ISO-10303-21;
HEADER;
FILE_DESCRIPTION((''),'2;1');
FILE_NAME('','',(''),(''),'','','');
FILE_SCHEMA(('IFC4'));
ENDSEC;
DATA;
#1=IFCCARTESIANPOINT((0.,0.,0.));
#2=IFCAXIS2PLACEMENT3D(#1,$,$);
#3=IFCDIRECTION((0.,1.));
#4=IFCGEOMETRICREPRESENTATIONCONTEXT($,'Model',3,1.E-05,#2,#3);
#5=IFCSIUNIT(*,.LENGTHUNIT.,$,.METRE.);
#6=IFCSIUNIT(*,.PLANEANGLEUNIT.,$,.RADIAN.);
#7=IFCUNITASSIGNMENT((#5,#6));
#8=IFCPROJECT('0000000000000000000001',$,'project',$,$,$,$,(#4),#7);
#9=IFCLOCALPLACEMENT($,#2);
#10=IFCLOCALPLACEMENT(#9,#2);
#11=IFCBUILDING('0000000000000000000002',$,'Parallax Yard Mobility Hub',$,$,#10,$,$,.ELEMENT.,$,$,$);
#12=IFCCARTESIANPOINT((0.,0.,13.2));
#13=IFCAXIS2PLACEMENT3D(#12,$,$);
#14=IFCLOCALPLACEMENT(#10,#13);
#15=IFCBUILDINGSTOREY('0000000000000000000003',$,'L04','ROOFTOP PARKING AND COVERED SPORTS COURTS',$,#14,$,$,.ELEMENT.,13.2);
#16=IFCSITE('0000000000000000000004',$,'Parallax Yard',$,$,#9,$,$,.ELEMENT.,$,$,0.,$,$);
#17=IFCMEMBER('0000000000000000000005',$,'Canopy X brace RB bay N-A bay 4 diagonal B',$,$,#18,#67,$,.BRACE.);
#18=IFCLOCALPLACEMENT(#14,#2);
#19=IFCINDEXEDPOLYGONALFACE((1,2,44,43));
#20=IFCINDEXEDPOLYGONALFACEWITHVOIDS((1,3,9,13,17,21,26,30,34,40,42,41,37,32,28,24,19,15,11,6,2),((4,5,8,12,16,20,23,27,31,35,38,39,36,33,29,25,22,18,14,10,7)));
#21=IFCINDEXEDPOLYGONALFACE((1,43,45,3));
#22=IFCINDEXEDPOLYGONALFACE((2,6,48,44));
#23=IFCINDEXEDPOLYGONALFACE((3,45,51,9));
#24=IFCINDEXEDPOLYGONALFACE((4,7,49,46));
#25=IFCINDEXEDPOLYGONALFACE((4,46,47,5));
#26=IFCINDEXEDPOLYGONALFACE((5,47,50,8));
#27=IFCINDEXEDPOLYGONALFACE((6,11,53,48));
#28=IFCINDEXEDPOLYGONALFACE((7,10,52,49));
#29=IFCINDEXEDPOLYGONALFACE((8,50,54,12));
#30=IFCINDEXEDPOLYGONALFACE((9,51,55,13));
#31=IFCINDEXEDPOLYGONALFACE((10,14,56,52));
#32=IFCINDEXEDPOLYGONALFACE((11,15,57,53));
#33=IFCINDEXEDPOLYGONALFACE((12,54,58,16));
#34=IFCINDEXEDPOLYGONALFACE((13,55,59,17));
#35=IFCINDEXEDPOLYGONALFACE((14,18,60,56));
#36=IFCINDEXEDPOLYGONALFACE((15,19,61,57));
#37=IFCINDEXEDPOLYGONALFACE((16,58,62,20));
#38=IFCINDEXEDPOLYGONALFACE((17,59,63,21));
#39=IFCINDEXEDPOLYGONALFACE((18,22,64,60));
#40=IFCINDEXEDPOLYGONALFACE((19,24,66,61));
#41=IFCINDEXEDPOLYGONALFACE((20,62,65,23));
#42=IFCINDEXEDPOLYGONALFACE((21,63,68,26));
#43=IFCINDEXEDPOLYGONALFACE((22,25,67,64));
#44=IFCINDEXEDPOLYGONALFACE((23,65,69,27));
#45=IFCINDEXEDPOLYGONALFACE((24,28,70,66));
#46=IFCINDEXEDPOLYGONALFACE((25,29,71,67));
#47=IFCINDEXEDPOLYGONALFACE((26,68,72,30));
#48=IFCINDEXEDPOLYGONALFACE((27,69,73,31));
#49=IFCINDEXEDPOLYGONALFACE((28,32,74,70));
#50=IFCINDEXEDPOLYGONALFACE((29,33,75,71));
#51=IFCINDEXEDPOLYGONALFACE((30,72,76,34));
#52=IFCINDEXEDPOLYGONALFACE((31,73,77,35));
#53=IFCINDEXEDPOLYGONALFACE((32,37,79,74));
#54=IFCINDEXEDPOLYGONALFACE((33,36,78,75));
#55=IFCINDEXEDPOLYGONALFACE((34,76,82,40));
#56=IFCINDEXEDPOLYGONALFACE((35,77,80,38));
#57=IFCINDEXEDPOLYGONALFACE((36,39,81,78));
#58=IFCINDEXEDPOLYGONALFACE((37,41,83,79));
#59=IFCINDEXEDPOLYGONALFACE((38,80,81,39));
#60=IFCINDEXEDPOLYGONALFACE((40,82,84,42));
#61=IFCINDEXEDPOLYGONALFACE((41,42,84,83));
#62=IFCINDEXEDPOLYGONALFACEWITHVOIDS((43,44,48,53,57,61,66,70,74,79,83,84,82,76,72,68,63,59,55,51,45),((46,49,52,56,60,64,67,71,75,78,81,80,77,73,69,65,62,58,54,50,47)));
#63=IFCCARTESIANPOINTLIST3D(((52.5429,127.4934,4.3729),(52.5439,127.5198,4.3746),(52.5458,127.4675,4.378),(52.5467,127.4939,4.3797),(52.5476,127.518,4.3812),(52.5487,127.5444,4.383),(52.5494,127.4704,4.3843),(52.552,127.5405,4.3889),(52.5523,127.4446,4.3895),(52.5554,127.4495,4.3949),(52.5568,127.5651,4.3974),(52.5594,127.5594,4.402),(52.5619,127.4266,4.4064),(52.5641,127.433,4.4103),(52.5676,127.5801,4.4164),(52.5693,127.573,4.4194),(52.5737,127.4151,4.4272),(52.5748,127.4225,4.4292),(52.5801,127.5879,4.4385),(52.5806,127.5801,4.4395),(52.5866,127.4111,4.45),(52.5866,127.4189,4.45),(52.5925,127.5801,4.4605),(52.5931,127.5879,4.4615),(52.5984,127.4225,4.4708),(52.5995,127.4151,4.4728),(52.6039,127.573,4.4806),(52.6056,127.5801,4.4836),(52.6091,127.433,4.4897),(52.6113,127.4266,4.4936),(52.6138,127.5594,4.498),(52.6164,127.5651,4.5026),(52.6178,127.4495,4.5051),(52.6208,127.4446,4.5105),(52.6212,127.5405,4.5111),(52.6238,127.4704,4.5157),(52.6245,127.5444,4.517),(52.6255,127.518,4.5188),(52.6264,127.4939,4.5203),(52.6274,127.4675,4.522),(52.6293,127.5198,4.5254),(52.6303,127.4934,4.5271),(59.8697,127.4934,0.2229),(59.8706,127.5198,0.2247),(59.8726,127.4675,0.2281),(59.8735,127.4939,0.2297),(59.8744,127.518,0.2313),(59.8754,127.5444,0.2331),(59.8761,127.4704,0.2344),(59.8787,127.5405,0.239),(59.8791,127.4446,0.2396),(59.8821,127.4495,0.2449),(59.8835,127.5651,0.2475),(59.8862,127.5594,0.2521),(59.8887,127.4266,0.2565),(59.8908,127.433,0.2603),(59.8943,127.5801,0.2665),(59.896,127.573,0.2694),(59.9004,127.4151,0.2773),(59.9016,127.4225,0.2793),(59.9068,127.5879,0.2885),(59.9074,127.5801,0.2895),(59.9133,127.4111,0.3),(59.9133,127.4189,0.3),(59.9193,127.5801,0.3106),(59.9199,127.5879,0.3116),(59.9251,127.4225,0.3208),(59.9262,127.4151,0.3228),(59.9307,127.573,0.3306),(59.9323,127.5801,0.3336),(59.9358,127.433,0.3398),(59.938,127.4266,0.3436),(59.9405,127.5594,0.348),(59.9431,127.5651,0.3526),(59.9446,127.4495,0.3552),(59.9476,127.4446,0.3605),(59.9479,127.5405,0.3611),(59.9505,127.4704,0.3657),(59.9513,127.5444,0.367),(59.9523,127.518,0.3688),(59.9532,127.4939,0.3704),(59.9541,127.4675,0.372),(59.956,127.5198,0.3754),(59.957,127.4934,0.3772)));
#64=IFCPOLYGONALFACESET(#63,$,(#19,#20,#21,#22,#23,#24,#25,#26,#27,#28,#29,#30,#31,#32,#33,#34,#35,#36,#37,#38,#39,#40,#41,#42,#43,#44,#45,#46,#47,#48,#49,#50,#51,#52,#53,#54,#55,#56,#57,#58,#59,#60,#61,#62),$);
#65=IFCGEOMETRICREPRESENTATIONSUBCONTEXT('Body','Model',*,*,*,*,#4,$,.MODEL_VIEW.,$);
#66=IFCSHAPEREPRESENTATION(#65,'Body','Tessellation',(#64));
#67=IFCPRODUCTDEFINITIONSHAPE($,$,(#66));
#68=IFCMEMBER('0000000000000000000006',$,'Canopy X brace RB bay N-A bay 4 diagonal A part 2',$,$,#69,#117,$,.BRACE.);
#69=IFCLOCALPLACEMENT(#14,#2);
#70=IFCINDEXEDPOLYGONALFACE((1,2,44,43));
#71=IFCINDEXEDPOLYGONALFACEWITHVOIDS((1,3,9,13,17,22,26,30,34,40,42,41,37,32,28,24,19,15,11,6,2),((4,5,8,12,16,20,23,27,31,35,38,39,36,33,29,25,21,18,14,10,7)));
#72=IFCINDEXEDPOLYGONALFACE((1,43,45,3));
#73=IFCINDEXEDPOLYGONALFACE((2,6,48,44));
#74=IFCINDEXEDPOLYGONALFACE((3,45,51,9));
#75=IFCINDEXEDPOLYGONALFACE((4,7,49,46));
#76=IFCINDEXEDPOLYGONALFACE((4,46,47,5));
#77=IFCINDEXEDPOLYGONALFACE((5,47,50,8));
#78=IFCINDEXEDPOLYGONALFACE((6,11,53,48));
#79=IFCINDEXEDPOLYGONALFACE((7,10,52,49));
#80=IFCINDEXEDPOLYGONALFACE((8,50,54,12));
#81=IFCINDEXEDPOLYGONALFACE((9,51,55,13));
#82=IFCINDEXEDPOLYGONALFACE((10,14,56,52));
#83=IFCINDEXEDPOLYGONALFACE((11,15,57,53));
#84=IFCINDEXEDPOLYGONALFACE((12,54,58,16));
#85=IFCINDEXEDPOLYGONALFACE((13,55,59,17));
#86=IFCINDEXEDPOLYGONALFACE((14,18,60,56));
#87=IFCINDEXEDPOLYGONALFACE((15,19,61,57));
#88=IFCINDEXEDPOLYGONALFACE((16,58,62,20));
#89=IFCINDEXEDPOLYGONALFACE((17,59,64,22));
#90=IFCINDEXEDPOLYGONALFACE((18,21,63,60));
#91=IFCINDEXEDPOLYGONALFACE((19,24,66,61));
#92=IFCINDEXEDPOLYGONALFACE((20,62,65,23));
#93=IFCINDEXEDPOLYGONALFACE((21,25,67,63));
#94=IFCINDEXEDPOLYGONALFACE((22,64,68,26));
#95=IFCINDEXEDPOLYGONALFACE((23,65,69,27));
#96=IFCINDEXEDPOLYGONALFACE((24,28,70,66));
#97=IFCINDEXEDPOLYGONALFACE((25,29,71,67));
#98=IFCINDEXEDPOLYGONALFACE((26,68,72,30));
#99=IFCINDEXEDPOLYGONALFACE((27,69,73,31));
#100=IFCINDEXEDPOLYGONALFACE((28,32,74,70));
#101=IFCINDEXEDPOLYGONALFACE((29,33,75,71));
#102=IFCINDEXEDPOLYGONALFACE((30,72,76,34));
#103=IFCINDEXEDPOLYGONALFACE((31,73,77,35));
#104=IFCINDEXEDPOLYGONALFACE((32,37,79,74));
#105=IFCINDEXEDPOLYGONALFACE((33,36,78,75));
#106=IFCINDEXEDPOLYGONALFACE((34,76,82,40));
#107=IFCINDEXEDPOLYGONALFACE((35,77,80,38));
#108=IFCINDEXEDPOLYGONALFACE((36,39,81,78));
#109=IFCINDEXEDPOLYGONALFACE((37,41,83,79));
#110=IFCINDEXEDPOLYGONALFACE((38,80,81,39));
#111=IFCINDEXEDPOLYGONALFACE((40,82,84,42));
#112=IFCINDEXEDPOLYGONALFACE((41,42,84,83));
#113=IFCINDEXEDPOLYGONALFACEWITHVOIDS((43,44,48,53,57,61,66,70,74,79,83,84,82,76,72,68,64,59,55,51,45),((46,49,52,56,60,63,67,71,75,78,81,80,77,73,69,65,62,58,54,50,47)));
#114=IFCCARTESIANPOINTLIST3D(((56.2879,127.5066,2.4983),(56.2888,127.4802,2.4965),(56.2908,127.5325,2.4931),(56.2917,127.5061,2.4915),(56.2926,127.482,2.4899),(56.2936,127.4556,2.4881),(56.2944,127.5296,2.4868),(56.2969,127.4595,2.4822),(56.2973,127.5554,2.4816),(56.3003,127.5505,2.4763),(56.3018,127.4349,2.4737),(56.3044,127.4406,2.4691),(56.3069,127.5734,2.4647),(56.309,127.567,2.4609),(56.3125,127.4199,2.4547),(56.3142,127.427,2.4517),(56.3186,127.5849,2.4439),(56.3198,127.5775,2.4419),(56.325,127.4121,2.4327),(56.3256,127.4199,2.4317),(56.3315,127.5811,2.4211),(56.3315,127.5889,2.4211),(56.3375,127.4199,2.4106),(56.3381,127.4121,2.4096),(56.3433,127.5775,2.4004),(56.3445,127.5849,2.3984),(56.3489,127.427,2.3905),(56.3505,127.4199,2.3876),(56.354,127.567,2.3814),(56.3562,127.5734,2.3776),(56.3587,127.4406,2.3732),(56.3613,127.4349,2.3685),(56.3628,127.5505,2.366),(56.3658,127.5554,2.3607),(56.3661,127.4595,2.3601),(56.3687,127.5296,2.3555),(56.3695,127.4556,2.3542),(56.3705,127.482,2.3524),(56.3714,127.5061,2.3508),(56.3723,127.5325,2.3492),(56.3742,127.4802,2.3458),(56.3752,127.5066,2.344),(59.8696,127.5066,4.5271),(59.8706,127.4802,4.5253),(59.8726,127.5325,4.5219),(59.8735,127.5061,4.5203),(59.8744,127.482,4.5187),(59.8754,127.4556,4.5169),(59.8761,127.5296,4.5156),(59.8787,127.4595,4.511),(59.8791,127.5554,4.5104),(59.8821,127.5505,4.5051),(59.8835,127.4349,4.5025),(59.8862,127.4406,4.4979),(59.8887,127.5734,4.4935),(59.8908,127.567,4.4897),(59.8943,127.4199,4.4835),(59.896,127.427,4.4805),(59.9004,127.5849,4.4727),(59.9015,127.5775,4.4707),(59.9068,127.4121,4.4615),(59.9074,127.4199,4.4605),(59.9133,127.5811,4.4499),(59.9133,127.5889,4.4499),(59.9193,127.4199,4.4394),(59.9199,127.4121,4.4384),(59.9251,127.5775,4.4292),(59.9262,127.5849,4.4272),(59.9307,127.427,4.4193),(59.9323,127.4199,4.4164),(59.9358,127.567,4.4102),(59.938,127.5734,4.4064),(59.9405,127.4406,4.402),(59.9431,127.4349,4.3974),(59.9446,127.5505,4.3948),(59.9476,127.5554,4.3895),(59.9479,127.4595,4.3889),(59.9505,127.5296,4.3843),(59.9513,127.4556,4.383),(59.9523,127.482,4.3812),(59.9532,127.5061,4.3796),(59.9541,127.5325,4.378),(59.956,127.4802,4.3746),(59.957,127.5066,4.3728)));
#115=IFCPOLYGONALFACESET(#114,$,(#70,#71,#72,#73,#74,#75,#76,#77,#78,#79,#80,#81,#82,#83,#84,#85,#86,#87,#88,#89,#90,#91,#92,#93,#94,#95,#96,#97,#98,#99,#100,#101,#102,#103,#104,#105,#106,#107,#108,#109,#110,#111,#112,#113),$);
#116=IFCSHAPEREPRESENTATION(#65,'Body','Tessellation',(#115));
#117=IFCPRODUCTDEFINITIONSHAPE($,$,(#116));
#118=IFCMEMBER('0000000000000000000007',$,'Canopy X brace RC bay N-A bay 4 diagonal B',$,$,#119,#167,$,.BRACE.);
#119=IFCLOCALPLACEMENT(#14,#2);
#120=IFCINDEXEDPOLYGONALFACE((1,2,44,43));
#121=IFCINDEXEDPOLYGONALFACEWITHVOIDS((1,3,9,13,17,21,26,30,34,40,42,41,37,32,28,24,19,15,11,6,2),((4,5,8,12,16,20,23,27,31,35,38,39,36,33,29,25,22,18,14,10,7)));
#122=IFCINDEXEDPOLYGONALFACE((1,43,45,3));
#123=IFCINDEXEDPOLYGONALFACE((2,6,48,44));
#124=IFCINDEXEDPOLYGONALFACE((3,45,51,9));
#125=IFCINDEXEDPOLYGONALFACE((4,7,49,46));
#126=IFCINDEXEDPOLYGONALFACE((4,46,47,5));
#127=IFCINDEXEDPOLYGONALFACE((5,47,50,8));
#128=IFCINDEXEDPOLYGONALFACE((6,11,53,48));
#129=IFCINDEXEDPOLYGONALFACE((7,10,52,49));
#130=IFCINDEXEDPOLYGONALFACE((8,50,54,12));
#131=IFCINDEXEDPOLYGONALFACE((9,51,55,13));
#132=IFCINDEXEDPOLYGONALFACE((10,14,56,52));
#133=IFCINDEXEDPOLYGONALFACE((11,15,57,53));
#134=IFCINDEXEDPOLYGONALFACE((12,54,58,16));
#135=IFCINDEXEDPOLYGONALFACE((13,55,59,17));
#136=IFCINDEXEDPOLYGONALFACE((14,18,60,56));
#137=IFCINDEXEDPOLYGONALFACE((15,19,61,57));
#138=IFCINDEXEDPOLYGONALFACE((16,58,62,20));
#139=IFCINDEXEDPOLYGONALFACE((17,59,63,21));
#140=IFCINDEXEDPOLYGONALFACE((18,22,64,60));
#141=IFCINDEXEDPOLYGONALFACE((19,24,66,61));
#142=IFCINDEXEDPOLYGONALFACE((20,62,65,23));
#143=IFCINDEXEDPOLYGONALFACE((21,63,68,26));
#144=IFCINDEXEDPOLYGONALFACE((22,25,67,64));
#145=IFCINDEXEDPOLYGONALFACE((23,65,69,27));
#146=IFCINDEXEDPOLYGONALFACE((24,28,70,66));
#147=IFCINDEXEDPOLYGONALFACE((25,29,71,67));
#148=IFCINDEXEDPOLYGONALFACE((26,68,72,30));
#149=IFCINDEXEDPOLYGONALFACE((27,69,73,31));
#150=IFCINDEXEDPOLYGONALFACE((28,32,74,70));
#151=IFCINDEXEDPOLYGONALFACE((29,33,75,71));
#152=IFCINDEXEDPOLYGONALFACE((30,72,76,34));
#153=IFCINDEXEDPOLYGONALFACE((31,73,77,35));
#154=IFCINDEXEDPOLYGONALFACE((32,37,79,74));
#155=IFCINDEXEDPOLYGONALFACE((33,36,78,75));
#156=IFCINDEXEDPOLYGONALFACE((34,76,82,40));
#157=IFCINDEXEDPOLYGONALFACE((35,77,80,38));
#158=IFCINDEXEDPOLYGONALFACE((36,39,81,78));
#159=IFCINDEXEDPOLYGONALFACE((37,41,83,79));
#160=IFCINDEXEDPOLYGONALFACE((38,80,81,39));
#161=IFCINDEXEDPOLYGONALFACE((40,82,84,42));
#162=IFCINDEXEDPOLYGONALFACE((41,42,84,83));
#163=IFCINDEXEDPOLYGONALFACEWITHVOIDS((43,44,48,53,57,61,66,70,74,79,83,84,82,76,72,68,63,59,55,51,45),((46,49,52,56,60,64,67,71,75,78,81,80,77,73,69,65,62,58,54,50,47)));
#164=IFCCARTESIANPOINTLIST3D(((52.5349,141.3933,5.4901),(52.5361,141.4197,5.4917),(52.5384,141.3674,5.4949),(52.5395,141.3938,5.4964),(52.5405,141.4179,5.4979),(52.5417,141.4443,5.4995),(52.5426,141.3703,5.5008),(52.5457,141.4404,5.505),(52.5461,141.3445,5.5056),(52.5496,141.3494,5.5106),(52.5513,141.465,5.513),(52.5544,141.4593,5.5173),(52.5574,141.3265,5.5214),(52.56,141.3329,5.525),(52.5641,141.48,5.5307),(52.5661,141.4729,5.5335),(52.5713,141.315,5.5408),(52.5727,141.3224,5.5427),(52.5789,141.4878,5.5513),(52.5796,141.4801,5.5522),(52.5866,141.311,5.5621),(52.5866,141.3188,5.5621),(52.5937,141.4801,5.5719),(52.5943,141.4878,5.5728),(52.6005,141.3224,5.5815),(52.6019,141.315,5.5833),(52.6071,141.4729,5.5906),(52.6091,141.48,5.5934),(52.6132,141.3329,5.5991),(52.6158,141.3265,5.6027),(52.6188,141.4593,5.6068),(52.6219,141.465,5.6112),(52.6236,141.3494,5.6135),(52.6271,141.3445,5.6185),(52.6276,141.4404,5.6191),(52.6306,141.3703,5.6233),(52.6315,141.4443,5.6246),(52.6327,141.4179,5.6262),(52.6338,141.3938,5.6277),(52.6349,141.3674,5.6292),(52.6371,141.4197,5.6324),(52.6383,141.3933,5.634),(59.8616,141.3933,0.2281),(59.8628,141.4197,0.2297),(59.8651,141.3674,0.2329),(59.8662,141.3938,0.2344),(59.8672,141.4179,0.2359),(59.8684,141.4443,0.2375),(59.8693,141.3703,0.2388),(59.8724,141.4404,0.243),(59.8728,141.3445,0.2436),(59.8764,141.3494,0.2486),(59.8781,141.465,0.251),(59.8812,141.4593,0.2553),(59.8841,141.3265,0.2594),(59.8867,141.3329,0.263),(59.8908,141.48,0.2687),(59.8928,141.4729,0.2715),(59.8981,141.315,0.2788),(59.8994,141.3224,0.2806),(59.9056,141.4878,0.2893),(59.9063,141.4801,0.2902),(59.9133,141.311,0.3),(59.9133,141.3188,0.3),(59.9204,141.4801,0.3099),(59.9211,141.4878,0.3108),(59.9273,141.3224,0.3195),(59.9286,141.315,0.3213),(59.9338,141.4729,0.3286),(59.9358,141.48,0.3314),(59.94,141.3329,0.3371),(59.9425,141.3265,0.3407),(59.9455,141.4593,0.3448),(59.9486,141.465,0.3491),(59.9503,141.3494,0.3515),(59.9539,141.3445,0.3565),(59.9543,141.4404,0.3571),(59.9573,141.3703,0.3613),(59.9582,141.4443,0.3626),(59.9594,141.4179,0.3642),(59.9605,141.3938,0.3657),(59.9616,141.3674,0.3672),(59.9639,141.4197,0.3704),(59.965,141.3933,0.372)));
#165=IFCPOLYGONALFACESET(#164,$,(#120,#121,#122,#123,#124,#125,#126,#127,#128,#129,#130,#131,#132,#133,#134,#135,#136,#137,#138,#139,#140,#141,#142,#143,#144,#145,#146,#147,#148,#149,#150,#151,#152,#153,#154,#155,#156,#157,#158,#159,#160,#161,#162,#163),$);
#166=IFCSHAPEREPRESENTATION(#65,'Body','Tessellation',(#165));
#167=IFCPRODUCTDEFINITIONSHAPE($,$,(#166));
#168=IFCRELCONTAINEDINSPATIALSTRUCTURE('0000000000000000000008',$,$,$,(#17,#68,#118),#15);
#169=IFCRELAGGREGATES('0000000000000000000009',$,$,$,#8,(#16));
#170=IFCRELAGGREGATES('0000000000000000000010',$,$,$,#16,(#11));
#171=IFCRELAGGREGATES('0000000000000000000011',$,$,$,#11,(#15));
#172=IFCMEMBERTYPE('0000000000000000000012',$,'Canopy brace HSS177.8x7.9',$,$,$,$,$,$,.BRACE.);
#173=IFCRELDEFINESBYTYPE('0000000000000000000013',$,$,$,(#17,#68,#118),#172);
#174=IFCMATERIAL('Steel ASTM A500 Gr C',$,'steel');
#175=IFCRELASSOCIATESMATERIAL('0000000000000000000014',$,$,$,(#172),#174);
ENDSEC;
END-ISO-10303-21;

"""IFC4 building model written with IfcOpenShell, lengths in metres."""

from ifc_helpers import new_model, si_unit, direction, frame, origin, origin_2d, place, context, subcontext, project, spatial, hollow_circle, extrude, material, material_profile, profile_set, type_object, element, save


model = new_model("IFC4")

# Units and contexts
model_context = context("Model", 3, precision=1e-05, world=origin(), true_north=direction((0.0, 1.0)))
body_context = subcontext(model_context, "Body", "Model", "MODEL_VIEW")
ifc_project = project(units=[si_unit("LENGTHUNIT", "METRE"), si_unit("PLANEANGLEUNIT", "RADIAN")], contexts=[model_context])

# Site, building, storey
site_placement = place(None, origin())
site = spatial("IfcSite", under=ifc_project, at=site_placement, Name="Parallax Yard", CompositionType="ELEMENT", RefElevation=0.0)
building_placement = place(site_placement, origin())
building = spatial("IfcBuilding", under=site, at=building_placement, Name="Parallax Yard Mobility Hub", CompositionType="ELEMENT")
storey_placement = place(building_placement, frame((0.0, 0.0, 13.2)))
storey = spatial("IfcBuildingStorey", under=building, at=storey_placement, Name="L04", Description="ROOFTOP PARKING AND COVERED SPORTS COURTS", CompositionType="ELEMENT", Elevation=13.2)

# Members
ifc_material_1 = material(Name="Steel ASTM A500 Gr C", Category="steel")
ifc_material_profile_1 = material_profile(ifc_material_1, hollow_circle(Radius=0.0889, WallThickness=0.0078, at=origin_2d()), Name="HSS177.8x7.9")
ifc_profile_set_1 = profile_set([ifc_material_profile_1], Name="Steel ASTM A500 Gr C")
member_type_1 = type_object("IfcMemberType", Name="Canopy brace HSS177.8x7.9", PredefinedType="BRACE", material=ifc_profile_set_1)
member_1_placement = place(storey_placement, frame((59.9133, 127.5, 0.3), z_axis=(-0.870118, 0.0, 0.492844), x_axis=(0.0, -1.0, 0.0)))
element("IfcMember", 1, at=member_1_placement, inside=storey, type_object=member_type_1, Name="Canopy X brace RB bay N-A bay 4 diagonal B", PredefinedType="BRACE", context=body_context, shape_type="SweptSolid", body=[
    extrude(hollow_circle(Radius=0.0889, WallThickness=0.0078, at=origin_2d()), origin(), (0.0, 0.0, 1.0), 8.4204),
])
member_2_placement = place(storey_placement, frame((56.3315, 127.5, 2.4211), z_axis=(0.870113, 0.0, 0.492852), x_axis=(0.0, 1.0, 0.0)))
element("IfcMember", 2, at=member_2_placement, inside=storey, type_object=member_type_1, Name="Canopy X brace RB bay N-A bay 4 diagonal A part 2", PredefinedType="BRACE", context=body_context, shape_type="SweptSolid", body=[
    extrude(hollow_circle(Radius=0.0889, WallThickness=0.0078, at=origin_2d()), origin(), (0.0, 0.0, 1.0), 4.1165),
])
member_3_placement = place(storey_placement, frame((59.9133, 141.3999, 0.3), z_axis=(-0.812229, 0.0, 0.583338), x_axis=(0.0, -1.0, 0.0)))
element("IfcMember", 3, at=member_3_placement, inside=storey, type_object=member_type_1, Name="Canopy X brace RC bay N-A bay 4 diagonal B", PredefinedType="BRACE", context=body_context, shape_type="SweptSolid", body=[
    extrude(hollow_circle(Radius=0.0889, WallThickness=0.0078, at=origin_2d()), origin(), (0.0, 0.0, 1.0), 9.0205),
])

save(model, "model.ifc")
